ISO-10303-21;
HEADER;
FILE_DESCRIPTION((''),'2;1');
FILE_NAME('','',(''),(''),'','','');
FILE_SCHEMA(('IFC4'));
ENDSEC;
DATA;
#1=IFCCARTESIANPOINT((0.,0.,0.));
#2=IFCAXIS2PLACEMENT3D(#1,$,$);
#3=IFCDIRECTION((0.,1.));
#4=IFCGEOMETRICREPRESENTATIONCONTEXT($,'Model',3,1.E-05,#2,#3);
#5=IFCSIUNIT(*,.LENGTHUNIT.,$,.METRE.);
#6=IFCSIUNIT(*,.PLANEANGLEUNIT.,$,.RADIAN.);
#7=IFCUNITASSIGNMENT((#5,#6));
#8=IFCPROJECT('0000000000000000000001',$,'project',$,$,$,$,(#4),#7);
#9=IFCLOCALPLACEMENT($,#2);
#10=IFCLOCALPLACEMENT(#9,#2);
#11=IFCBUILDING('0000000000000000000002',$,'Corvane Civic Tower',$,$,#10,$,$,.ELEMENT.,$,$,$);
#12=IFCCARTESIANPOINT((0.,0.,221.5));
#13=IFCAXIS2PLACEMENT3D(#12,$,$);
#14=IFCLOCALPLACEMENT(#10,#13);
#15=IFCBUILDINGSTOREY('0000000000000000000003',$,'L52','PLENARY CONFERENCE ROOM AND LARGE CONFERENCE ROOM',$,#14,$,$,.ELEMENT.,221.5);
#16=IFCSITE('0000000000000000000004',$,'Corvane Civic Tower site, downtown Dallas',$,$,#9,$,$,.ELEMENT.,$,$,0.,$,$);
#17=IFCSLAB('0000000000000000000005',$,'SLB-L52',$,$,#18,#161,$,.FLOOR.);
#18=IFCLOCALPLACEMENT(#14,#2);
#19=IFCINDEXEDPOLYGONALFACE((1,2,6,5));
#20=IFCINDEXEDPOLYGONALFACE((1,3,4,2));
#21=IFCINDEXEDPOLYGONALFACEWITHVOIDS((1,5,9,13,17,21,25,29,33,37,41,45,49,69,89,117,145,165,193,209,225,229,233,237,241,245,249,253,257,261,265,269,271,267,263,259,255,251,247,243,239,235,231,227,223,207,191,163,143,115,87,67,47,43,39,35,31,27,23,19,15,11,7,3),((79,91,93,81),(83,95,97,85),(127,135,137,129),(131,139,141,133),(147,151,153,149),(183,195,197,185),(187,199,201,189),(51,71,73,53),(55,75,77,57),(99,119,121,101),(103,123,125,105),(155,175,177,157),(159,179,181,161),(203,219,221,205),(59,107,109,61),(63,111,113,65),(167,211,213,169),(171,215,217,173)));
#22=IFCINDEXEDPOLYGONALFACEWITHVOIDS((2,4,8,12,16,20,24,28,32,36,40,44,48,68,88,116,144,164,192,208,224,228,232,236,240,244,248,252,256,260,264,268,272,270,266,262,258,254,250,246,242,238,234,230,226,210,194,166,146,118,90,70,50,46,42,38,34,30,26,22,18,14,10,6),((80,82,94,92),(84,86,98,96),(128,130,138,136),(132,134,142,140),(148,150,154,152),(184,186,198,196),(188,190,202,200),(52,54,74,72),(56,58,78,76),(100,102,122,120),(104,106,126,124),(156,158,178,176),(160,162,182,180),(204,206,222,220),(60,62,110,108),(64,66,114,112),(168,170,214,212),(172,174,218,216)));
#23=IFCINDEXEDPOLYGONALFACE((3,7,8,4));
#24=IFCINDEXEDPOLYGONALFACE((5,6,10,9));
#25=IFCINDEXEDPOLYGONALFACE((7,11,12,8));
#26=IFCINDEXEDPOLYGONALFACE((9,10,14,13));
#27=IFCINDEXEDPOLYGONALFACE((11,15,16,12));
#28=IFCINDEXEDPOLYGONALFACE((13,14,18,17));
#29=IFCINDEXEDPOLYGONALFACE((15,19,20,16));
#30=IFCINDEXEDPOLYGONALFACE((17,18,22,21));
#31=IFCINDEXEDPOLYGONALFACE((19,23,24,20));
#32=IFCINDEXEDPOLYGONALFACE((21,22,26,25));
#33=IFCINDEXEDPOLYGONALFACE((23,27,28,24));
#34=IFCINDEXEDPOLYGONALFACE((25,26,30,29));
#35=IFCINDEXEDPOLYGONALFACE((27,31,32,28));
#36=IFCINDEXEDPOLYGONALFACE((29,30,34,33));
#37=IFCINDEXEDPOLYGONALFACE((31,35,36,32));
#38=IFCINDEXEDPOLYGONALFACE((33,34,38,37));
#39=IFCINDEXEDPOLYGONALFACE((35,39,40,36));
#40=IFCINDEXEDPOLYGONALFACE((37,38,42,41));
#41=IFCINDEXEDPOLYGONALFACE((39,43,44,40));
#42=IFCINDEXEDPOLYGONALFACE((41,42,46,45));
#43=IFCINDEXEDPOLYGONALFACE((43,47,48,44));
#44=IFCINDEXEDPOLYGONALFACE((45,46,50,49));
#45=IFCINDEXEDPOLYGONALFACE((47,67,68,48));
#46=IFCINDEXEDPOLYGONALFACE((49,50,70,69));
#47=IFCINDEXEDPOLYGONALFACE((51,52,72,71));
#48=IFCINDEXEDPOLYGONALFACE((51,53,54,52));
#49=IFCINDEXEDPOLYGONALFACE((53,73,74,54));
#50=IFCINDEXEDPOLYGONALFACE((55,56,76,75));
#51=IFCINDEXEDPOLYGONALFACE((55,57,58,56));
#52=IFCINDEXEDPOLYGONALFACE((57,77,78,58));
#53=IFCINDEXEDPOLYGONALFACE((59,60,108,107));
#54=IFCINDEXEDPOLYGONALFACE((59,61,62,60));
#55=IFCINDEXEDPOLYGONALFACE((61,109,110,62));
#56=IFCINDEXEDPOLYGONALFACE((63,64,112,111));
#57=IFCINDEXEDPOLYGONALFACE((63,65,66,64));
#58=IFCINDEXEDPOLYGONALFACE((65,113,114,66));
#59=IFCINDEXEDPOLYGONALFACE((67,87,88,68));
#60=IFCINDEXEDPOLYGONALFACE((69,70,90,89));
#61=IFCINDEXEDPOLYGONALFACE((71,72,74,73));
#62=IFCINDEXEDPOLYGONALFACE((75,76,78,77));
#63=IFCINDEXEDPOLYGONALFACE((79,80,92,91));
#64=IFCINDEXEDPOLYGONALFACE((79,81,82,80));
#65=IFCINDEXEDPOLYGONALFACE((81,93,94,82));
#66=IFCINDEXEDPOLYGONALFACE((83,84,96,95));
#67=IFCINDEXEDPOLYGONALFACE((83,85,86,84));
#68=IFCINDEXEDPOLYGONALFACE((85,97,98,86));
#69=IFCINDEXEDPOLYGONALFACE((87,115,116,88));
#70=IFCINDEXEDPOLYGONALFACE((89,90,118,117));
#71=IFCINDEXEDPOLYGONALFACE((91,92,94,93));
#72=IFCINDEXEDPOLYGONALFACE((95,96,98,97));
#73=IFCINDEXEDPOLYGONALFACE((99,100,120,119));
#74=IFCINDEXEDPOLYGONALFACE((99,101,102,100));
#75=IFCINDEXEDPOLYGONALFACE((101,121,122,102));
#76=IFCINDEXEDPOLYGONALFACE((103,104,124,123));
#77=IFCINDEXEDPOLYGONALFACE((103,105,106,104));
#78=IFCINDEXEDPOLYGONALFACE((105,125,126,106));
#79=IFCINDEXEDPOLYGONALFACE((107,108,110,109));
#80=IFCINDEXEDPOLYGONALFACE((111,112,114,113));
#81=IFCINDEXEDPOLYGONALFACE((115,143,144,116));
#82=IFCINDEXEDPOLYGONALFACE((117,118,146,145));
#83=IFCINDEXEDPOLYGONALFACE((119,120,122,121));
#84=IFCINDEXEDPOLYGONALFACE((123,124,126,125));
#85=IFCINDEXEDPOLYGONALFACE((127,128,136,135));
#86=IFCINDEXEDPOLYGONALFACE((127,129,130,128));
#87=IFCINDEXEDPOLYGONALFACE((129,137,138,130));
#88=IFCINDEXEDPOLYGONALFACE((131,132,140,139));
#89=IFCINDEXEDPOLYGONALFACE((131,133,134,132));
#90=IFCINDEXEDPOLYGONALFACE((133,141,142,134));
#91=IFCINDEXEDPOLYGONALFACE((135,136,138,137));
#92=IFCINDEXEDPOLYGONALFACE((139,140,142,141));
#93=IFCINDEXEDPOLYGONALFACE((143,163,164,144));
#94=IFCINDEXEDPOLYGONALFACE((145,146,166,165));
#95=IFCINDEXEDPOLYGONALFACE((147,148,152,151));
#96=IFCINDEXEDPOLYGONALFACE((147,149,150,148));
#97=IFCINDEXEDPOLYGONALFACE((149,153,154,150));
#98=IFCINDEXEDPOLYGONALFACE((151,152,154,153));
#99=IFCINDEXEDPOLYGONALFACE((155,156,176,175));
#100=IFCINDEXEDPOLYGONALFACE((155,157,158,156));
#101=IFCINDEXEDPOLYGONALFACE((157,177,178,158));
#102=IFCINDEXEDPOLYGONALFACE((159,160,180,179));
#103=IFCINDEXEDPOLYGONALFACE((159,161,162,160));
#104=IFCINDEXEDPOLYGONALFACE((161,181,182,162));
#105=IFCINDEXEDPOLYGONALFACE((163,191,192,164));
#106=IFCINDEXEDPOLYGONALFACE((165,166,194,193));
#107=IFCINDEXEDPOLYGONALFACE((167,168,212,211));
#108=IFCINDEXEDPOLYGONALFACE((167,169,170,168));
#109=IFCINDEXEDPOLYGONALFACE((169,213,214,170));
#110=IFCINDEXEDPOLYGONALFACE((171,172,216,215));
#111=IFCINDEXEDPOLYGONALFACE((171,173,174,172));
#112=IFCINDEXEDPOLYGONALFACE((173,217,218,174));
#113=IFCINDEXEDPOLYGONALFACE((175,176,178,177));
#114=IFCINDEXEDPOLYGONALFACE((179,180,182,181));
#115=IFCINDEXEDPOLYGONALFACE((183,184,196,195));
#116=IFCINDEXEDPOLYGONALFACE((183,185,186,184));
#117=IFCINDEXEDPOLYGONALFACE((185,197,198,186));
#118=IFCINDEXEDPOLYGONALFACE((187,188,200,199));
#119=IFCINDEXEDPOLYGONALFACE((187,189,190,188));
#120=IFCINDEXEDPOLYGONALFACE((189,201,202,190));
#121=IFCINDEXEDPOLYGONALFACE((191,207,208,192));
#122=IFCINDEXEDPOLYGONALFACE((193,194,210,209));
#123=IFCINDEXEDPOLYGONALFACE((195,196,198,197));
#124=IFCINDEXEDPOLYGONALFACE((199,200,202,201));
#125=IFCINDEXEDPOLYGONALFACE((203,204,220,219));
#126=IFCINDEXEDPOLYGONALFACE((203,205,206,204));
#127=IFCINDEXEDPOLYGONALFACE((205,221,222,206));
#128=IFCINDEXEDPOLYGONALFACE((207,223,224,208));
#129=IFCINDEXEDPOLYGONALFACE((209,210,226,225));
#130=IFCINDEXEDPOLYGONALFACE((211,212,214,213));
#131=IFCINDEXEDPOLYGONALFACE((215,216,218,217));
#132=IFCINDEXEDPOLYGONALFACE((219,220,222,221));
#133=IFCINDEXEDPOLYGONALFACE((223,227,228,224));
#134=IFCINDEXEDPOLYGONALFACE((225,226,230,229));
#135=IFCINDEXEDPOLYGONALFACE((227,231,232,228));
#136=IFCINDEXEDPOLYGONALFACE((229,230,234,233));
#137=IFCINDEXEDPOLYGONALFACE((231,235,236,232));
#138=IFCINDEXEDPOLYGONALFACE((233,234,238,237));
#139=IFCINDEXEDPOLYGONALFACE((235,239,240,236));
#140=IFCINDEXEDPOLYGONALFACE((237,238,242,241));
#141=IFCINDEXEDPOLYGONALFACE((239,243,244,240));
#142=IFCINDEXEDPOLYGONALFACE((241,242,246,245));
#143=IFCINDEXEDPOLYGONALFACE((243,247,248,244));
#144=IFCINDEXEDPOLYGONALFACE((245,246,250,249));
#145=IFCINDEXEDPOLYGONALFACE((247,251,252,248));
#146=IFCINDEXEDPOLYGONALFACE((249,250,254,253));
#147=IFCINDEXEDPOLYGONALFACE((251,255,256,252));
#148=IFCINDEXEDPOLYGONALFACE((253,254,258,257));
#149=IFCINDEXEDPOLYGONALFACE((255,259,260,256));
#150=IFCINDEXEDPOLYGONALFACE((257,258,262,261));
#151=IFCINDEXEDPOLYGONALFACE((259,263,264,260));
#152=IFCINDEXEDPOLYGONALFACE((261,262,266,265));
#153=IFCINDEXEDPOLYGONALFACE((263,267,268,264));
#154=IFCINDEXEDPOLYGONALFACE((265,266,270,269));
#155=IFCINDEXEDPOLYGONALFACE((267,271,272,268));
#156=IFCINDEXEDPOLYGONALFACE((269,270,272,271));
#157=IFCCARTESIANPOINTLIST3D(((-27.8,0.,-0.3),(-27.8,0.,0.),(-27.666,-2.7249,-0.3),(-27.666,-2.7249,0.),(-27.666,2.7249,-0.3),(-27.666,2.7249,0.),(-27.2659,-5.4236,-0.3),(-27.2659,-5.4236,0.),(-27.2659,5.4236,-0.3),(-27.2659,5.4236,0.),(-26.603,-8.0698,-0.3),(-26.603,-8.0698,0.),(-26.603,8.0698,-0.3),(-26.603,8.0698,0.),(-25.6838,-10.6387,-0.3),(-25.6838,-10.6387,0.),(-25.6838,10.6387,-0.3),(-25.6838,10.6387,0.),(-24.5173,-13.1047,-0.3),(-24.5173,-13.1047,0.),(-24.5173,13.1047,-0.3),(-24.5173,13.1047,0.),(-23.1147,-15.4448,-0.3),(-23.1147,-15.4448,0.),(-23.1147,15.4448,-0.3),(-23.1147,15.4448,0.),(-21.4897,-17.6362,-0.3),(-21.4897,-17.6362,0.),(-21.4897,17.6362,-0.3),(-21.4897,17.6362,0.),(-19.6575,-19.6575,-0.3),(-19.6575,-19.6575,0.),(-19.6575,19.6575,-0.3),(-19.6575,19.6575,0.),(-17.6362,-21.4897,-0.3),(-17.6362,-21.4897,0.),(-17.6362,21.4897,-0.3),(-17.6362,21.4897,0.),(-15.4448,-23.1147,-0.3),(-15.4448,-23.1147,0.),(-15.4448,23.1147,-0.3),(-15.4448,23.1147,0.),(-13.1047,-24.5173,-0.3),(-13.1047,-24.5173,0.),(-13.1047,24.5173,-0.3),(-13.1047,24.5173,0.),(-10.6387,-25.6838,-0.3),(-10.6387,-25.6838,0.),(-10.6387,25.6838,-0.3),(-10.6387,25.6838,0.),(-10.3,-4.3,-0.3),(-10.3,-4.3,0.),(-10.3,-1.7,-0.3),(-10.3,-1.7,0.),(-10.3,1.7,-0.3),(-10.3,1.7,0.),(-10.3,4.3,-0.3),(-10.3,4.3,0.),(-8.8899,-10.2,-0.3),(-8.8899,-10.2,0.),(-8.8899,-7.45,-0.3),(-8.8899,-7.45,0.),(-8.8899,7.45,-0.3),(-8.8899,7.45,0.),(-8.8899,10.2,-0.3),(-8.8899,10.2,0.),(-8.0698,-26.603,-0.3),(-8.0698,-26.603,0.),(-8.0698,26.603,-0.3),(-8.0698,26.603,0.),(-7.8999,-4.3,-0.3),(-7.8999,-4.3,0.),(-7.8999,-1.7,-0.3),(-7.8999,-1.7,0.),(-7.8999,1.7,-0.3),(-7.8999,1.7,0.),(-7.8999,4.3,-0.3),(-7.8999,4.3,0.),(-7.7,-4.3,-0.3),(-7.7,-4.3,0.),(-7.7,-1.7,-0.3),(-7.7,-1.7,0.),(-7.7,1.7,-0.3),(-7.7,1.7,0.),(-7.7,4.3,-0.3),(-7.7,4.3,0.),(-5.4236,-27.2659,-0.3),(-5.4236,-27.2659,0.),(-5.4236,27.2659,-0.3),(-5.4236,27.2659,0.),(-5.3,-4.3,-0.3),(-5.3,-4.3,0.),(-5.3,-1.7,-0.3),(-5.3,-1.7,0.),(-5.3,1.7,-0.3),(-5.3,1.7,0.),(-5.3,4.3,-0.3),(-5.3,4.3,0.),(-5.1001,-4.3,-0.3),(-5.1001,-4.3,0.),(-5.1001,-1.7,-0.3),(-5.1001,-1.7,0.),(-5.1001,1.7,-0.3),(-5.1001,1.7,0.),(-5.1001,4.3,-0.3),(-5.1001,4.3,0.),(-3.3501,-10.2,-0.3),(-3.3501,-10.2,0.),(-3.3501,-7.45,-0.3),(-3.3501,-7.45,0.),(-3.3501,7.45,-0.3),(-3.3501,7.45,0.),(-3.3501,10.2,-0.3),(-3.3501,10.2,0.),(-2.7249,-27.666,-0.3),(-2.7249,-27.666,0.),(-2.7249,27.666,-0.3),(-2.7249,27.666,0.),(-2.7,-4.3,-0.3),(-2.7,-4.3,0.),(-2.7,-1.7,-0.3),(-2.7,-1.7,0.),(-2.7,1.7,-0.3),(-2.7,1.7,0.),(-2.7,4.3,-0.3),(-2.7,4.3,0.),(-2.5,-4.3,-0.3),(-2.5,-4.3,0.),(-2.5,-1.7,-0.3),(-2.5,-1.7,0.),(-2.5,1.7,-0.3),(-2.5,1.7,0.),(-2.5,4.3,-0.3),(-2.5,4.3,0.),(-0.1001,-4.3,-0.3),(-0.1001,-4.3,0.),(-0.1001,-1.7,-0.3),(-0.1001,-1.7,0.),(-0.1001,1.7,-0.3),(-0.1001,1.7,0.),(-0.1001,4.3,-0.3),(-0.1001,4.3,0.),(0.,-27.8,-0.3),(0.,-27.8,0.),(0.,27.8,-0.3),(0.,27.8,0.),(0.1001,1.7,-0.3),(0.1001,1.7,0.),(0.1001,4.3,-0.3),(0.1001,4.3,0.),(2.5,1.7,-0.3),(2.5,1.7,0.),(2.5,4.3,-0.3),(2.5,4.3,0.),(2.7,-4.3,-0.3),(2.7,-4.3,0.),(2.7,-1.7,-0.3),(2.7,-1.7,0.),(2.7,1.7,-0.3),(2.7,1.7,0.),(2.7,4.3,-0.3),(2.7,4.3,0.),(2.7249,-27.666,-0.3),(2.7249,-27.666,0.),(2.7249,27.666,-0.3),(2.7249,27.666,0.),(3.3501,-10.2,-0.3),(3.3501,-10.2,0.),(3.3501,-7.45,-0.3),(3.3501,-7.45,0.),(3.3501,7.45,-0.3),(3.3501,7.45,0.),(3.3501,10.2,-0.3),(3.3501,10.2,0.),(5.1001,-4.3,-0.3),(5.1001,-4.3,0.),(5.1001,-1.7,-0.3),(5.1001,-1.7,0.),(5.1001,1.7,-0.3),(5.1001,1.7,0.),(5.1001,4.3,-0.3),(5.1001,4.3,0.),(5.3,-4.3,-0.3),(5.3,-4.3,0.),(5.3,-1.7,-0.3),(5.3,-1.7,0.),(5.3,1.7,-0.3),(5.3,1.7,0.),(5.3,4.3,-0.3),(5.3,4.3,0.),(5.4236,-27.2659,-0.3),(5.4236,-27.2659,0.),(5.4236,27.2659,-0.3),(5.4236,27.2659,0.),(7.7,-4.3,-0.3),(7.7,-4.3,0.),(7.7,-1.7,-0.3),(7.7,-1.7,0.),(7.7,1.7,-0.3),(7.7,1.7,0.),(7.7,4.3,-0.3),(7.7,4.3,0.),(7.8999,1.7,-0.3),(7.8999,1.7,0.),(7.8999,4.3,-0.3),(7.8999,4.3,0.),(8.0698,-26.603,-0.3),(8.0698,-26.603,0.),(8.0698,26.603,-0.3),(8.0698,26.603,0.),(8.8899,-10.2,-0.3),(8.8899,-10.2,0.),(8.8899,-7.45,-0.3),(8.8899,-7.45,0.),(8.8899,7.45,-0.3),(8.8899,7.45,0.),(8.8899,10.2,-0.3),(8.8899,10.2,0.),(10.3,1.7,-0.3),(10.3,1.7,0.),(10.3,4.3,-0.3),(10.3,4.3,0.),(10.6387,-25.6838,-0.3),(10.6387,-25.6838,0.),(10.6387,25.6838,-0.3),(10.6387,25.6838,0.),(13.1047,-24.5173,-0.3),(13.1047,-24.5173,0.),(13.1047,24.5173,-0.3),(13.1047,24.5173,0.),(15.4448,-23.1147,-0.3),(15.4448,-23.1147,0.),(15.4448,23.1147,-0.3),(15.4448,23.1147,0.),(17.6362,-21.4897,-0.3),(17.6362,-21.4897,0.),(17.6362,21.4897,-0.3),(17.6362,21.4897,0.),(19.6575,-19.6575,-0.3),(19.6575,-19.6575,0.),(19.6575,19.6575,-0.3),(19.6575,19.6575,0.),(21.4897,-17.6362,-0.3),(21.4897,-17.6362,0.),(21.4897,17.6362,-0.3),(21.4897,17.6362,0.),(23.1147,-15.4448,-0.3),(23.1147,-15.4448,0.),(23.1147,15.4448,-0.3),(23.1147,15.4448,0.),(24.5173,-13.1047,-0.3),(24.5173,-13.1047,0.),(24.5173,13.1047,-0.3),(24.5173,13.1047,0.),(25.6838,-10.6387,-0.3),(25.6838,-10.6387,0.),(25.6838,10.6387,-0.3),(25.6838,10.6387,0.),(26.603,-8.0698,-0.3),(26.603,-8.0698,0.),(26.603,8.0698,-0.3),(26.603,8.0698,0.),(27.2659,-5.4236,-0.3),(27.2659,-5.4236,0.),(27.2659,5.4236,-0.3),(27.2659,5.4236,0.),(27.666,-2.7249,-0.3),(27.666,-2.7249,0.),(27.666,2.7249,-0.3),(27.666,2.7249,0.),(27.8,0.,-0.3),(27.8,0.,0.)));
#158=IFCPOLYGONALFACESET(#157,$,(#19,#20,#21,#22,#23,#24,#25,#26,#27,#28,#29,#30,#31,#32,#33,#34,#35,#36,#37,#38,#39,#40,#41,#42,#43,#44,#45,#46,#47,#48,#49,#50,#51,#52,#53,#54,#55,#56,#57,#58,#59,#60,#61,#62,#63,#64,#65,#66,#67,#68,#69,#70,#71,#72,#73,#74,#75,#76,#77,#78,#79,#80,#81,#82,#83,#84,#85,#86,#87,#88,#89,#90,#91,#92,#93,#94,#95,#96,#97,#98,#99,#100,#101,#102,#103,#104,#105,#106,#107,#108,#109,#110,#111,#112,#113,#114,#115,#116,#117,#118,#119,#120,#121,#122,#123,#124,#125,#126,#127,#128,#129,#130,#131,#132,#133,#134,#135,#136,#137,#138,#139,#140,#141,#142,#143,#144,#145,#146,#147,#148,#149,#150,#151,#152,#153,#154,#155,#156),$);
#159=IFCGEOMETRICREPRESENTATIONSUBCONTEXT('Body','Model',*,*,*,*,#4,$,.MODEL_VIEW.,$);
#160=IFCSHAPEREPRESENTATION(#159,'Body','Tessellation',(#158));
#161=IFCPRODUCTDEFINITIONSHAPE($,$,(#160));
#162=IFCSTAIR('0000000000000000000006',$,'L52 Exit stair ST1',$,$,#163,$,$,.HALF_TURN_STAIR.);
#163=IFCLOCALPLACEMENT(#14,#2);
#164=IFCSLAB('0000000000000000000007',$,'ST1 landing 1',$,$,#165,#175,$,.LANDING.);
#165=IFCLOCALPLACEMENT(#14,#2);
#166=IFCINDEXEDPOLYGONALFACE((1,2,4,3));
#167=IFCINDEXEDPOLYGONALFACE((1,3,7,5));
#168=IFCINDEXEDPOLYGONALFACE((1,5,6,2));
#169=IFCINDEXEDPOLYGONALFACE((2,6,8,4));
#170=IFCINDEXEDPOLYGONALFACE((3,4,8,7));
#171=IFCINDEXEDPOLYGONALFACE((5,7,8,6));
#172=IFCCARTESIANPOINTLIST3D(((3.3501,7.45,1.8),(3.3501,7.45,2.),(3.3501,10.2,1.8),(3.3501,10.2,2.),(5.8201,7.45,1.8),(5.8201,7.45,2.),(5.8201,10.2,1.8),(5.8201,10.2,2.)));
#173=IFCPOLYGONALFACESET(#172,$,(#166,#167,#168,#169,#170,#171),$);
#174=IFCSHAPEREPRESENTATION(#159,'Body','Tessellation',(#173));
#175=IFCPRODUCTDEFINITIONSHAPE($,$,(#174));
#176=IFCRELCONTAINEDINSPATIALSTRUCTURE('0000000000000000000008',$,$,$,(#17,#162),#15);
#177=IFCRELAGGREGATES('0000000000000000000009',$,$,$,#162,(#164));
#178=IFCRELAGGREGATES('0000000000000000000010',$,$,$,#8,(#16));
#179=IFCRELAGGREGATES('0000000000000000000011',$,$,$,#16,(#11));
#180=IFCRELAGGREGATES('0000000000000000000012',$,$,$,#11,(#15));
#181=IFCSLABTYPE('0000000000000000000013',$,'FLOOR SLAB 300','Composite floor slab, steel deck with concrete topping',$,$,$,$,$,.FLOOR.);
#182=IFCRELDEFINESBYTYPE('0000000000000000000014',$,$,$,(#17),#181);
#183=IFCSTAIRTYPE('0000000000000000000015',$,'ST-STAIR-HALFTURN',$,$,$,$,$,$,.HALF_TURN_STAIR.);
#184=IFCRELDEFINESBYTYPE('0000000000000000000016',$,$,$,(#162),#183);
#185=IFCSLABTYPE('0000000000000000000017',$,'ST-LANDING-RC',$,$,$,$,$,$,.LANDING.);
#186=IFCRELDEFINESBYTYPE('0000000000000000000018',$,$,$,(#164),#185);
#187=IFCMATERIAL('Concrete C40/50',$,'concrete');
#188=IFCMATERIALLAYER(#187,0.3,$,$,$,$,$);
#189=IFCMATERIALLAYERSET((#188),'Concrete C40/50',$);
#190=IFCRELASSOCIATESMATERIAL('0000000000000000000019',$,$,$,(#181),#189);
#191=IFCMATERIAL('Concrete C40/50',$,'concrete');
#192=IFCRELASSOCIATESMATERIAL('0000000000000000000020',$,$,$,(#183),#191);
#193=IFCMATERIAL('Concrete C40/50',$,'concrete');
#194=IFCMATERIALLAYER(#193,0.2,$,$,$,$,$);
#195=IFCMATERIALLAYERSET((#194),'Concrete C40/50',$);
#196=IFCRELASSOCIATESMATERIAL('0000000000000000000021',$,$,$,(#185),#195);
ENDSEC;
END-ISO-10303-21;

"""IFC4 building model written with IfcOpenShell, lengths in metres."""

from ifc_helpers import new_model, si_unit, direction, frame, origin, place, context, subcontext, project, spatial, polyline, outline, extrude, material, layer, layer_set, type_object, element, aggregate, save


model = new_model("IFC4")

# Units and contexts
model_context = context("Model", 3, precision=1e-05, world=origin(), true_north=direction((0.0, 1.0)))
body_context = subcontext(model_context, "Body", "Model", "MODEL_VIEW")
ifc_project = project(units=[si_unit("LENGTHUNIT", "METRE"), si_unit("PLANEANGLEUNIT", "RADIAN")], contexts=[model_context])

# Site, building, storey
site_placement = place(None, origin())
site = spatial("IfcSite", under=ifc_project, at=site_placement, Name="Corvane Civic Tower site, downtown Dallas", CompositionType="ELEMENT", RefElevation=0.0)
building_placement = place(site_placement, origin())
building = spatial("IfcBuilding", under=site, at=building_placement, Name="Corvane Civic Tower", CompositionType="ELEMENT")
storey_placement = place(building_placement, frame((0.0, 0.0, 221.5)))
storey = spatial("IfcBuildingStorey", under=building, at=storey_placement, Name="L52", Description="PLENARY CONFERENCE ROOM AND LARGE CONFERENCE ROOM", CompositionType="ELEMENT", Elevation=221.5)

# Slab
ifc_material_1 = material(Name="Concrete C40/50", Category="concrete")
ifc_layer_1 = layer(ifc_material_1, 0.3)
ifc_layer_set_1 = layer_set([ifc_layer_1], Name="Concrete C40/50")
slab_type_1 = type_object("IfcSlabType", Name="FLOOR SLAB 300", Description="Composite floor slab, steel deck with concrete topping", PredefinedType="FLOOR", material=ifc_layer_set_1)
slab_1_placement = place(storey_placement, frame((0.0, 0.0, -0.3)))
element("IfcSlab", 1, at=slab_1_placement, inside=storey, type_object=slab_type_1, Name="SLB-L52", PredefinedType="FLOOR", context=body_context, shape_type="SweptSolid", body=[
    extrude(outline(polyline([(0.0, 27.8), (-2.7249, 27.666), (-5.4236, 27.2659), (-8.0698, 26.603), (-10.6387, 25.6838), (-13.1047, 24.5173), (-15.4448, 23.1147), (-17.6362, 21.4897), (-19.6575, 19.6575), (-21.4897, 17.6362), (-23.1147, 15.4448), (-24.5173, 13.1047), (-25.6838, 10.6387), (-26.603, 8.0698), (-27.2659, 5.4236), (-27.666, 2.7249), (-27.8, 0.0), (-27.666, -2.7249), (-27.2659, -5.4236), (-26.603, -8.0698), (-25.6838, -10.6387), (-24.5173, -13.1047), (-23.1147, -15.4448), (-21.4897, -17.6362), (-19.6575, -19.6575), (-17.6362, -21.4897), (-15.4448, -23.1147), (-13.1047, -24.5173), (-10.6387, -25.6838), (-8.0698, -26.603), (-5.4236, -27.2659), (-2.7249, -27.666), (0.0, -27.8), (2.7249, -27.666), (5.4236, -27.2659), (8.0698, -26.603), (10.6387, -25.6838), (13.1047, -24.5173), (15.4448, -23.1147), (17.6362, -21.4897), (19.6575, -19.6575), (21.4897, -17.6362), (23.1147, -15.4448), (24.5173, -13.1047), (25.6838, -10.6387), (26.603, -8.0698), (27.2659, -5.4236), (27.666, -2.7249), (27.8, 0.0), (27.666, 2.7249), (27.2659, 5.4236), (26.603, 8.0698), (25.6838, 10.6387), (24.5173, 13.1047), (23.1147, 15.4448), (21.4897, 17.6362), (19.6575, 19.6575), (17.6362, 21.4897), (15.4448, 23.1147), (13.1047, 24.5173), (10.6387, 25.6838), (8.0698, 26.603), (5.4236, 27.2659), (2.7249, 27.666), (0.0, 27.8)]), holes=[polyline([(-7.8999, 1.7), (-10.3, 1.7), (-10.3, 4.3), (-7.8999, 4.3), (-7.8999, 1.7)]), polyline([(-5.3, 1.7), (-7.7, 1.7), (-7.7, 4.3), (-5.3, 4.3), (-5.3, 1.7)]), polyline([(-5.1001, 4.3), (-2.7, 4.3), (-2.7, 1.7), (-5.1001, 1.7), (-5.1001, 4.3)]), polyline([(-2.5, 4.3), (-0.1001, 4.3), (-0.1001, 1.7), (-2.5, 1.7), (-2.5, 4.3)]), polyline([(0.1001, 4.3), (2.5, 4.3), (2.5, 1.7), (0.1001, 1.7), (0.1001, 4.3)]), polyline([(5.1001, 4.3), (5.1001, 1.7), (2.7, 1.7), (2.7, 4.3), (5.1001, 4.3)]), polyline([(5.3, 4.3), (7.7, 4.3), (7.7, 1.7), (5.3, 1.7), (5.3, 4.3)]), polyline([(7.8999, 4.3), (10.3, 4.3), (10.3, 1.7), (7.8999, 1.7), (7.8999, 4.3)]), polyline([(-10.3, -4.3), (-10.3, -1.7), (-7.8999, -1.7), (-7.8999, -4.3), (-10.3, -4.3)]), polyline([(-7.7, -4.3), (-7.7, -1.7), (-5.3, -1.7), (-5.3, -4.3), (-7.7, -4.3)]), polyline([(-2.7, -4.3), (-5.1001, -4.3), (-5.1001, -1.7), (-2.7, -1.7), (-2.7, -4.3)]), polyline([(-0.1001, -4.3), (-2.5, -4.3), (-2.5, -1.7), (-0.1001, -1.7), (-0.1001, -4.3)]), polyline([(5.1001, -1.7), (5.1001, -4.3), (2.7, -4.3), (2.7, -1.7), (5.1001, -1.7)]), polyline([(7.7, -1.7), (7.7, -4.3), (5.3, -4.3), (5.3, -1.7), (7.7, -1.7)]), polyline([(8.8899, 10.2), (8.8899, 7.45), (3.3501, 7.45), (3.3501, 10.2), (8.8899, 10.2)]), polyline([(-8.8899, 7.45), (-8.8899, 10.2), (-3.3501, 10.2), (-3.3501, 7.45), (-8.8899, 7.45)]), polyline([(8.8899, -7.45), (8.8899, -10.2), (3.3501, -10.2), (3.3501, -7.45), (8.8899, -7.45)]), polyline([(-8.8899, -10.2), (-8.8899, -7.45), (-3.3501, -7.45), (-3.3501, -10.2), (-8.8899, -10.2)])]), origin(), (0.0, 0.0, 1.0), 0.3),
])

# Stair, slab
ifc_material_2 = material(Name="Concrete C40/50", Category="concrete")
stair_type = type_object("IfcStairType", Name="ST-STAIR-HALFTURN", PredefinedType="HALF_TURN_STAIR", material=ifc_material_2)
stair_1_placement = place(storey_placement, origin())
stair_1 = element("IfcStair", 2, at=stair_1_placement, inside=storey, type_object=stair_type, Name="L52 Exit stair ST1", PredefinedType="HALF_TURN_STAIR")
ifc_material_3 = material(Name="Concrete C40/50", Category="concrete")
ifc_layer_2 = layer(ifc_material_3, 0.2)
ifc_layer_set_2 = layer_set([ifc_layer_2], Name="Concrete C40/50")
slab_type_2 = type_object("IfcSlabType", Name="ST-LANDING-RC", PredefinedType="LANDING", material=ifc_layer_set_2)
slab_2_placement = place(storey_placement, frame((0.0, 0.0, 1.8)))
slab_2 = element("IfcSlab", 3, at=slab_2_placement, type_object=slab_type_2, Name="ST1 landing 1", PredefinedType="LANDING", context=body_context, shape_type="SweptSolid", body=[
    extrude(outline(polyline([(5.8201, 10.2), (3.3501, 10.2), (3.3501, 7.45), (5.8201, 7.45), (5.8201, 10.2)])), origin(), (0.0, 0.0, 1.0), 0.2),
])
aggregate(stair_1, [slab_2])

save(model, "model.ifc")
